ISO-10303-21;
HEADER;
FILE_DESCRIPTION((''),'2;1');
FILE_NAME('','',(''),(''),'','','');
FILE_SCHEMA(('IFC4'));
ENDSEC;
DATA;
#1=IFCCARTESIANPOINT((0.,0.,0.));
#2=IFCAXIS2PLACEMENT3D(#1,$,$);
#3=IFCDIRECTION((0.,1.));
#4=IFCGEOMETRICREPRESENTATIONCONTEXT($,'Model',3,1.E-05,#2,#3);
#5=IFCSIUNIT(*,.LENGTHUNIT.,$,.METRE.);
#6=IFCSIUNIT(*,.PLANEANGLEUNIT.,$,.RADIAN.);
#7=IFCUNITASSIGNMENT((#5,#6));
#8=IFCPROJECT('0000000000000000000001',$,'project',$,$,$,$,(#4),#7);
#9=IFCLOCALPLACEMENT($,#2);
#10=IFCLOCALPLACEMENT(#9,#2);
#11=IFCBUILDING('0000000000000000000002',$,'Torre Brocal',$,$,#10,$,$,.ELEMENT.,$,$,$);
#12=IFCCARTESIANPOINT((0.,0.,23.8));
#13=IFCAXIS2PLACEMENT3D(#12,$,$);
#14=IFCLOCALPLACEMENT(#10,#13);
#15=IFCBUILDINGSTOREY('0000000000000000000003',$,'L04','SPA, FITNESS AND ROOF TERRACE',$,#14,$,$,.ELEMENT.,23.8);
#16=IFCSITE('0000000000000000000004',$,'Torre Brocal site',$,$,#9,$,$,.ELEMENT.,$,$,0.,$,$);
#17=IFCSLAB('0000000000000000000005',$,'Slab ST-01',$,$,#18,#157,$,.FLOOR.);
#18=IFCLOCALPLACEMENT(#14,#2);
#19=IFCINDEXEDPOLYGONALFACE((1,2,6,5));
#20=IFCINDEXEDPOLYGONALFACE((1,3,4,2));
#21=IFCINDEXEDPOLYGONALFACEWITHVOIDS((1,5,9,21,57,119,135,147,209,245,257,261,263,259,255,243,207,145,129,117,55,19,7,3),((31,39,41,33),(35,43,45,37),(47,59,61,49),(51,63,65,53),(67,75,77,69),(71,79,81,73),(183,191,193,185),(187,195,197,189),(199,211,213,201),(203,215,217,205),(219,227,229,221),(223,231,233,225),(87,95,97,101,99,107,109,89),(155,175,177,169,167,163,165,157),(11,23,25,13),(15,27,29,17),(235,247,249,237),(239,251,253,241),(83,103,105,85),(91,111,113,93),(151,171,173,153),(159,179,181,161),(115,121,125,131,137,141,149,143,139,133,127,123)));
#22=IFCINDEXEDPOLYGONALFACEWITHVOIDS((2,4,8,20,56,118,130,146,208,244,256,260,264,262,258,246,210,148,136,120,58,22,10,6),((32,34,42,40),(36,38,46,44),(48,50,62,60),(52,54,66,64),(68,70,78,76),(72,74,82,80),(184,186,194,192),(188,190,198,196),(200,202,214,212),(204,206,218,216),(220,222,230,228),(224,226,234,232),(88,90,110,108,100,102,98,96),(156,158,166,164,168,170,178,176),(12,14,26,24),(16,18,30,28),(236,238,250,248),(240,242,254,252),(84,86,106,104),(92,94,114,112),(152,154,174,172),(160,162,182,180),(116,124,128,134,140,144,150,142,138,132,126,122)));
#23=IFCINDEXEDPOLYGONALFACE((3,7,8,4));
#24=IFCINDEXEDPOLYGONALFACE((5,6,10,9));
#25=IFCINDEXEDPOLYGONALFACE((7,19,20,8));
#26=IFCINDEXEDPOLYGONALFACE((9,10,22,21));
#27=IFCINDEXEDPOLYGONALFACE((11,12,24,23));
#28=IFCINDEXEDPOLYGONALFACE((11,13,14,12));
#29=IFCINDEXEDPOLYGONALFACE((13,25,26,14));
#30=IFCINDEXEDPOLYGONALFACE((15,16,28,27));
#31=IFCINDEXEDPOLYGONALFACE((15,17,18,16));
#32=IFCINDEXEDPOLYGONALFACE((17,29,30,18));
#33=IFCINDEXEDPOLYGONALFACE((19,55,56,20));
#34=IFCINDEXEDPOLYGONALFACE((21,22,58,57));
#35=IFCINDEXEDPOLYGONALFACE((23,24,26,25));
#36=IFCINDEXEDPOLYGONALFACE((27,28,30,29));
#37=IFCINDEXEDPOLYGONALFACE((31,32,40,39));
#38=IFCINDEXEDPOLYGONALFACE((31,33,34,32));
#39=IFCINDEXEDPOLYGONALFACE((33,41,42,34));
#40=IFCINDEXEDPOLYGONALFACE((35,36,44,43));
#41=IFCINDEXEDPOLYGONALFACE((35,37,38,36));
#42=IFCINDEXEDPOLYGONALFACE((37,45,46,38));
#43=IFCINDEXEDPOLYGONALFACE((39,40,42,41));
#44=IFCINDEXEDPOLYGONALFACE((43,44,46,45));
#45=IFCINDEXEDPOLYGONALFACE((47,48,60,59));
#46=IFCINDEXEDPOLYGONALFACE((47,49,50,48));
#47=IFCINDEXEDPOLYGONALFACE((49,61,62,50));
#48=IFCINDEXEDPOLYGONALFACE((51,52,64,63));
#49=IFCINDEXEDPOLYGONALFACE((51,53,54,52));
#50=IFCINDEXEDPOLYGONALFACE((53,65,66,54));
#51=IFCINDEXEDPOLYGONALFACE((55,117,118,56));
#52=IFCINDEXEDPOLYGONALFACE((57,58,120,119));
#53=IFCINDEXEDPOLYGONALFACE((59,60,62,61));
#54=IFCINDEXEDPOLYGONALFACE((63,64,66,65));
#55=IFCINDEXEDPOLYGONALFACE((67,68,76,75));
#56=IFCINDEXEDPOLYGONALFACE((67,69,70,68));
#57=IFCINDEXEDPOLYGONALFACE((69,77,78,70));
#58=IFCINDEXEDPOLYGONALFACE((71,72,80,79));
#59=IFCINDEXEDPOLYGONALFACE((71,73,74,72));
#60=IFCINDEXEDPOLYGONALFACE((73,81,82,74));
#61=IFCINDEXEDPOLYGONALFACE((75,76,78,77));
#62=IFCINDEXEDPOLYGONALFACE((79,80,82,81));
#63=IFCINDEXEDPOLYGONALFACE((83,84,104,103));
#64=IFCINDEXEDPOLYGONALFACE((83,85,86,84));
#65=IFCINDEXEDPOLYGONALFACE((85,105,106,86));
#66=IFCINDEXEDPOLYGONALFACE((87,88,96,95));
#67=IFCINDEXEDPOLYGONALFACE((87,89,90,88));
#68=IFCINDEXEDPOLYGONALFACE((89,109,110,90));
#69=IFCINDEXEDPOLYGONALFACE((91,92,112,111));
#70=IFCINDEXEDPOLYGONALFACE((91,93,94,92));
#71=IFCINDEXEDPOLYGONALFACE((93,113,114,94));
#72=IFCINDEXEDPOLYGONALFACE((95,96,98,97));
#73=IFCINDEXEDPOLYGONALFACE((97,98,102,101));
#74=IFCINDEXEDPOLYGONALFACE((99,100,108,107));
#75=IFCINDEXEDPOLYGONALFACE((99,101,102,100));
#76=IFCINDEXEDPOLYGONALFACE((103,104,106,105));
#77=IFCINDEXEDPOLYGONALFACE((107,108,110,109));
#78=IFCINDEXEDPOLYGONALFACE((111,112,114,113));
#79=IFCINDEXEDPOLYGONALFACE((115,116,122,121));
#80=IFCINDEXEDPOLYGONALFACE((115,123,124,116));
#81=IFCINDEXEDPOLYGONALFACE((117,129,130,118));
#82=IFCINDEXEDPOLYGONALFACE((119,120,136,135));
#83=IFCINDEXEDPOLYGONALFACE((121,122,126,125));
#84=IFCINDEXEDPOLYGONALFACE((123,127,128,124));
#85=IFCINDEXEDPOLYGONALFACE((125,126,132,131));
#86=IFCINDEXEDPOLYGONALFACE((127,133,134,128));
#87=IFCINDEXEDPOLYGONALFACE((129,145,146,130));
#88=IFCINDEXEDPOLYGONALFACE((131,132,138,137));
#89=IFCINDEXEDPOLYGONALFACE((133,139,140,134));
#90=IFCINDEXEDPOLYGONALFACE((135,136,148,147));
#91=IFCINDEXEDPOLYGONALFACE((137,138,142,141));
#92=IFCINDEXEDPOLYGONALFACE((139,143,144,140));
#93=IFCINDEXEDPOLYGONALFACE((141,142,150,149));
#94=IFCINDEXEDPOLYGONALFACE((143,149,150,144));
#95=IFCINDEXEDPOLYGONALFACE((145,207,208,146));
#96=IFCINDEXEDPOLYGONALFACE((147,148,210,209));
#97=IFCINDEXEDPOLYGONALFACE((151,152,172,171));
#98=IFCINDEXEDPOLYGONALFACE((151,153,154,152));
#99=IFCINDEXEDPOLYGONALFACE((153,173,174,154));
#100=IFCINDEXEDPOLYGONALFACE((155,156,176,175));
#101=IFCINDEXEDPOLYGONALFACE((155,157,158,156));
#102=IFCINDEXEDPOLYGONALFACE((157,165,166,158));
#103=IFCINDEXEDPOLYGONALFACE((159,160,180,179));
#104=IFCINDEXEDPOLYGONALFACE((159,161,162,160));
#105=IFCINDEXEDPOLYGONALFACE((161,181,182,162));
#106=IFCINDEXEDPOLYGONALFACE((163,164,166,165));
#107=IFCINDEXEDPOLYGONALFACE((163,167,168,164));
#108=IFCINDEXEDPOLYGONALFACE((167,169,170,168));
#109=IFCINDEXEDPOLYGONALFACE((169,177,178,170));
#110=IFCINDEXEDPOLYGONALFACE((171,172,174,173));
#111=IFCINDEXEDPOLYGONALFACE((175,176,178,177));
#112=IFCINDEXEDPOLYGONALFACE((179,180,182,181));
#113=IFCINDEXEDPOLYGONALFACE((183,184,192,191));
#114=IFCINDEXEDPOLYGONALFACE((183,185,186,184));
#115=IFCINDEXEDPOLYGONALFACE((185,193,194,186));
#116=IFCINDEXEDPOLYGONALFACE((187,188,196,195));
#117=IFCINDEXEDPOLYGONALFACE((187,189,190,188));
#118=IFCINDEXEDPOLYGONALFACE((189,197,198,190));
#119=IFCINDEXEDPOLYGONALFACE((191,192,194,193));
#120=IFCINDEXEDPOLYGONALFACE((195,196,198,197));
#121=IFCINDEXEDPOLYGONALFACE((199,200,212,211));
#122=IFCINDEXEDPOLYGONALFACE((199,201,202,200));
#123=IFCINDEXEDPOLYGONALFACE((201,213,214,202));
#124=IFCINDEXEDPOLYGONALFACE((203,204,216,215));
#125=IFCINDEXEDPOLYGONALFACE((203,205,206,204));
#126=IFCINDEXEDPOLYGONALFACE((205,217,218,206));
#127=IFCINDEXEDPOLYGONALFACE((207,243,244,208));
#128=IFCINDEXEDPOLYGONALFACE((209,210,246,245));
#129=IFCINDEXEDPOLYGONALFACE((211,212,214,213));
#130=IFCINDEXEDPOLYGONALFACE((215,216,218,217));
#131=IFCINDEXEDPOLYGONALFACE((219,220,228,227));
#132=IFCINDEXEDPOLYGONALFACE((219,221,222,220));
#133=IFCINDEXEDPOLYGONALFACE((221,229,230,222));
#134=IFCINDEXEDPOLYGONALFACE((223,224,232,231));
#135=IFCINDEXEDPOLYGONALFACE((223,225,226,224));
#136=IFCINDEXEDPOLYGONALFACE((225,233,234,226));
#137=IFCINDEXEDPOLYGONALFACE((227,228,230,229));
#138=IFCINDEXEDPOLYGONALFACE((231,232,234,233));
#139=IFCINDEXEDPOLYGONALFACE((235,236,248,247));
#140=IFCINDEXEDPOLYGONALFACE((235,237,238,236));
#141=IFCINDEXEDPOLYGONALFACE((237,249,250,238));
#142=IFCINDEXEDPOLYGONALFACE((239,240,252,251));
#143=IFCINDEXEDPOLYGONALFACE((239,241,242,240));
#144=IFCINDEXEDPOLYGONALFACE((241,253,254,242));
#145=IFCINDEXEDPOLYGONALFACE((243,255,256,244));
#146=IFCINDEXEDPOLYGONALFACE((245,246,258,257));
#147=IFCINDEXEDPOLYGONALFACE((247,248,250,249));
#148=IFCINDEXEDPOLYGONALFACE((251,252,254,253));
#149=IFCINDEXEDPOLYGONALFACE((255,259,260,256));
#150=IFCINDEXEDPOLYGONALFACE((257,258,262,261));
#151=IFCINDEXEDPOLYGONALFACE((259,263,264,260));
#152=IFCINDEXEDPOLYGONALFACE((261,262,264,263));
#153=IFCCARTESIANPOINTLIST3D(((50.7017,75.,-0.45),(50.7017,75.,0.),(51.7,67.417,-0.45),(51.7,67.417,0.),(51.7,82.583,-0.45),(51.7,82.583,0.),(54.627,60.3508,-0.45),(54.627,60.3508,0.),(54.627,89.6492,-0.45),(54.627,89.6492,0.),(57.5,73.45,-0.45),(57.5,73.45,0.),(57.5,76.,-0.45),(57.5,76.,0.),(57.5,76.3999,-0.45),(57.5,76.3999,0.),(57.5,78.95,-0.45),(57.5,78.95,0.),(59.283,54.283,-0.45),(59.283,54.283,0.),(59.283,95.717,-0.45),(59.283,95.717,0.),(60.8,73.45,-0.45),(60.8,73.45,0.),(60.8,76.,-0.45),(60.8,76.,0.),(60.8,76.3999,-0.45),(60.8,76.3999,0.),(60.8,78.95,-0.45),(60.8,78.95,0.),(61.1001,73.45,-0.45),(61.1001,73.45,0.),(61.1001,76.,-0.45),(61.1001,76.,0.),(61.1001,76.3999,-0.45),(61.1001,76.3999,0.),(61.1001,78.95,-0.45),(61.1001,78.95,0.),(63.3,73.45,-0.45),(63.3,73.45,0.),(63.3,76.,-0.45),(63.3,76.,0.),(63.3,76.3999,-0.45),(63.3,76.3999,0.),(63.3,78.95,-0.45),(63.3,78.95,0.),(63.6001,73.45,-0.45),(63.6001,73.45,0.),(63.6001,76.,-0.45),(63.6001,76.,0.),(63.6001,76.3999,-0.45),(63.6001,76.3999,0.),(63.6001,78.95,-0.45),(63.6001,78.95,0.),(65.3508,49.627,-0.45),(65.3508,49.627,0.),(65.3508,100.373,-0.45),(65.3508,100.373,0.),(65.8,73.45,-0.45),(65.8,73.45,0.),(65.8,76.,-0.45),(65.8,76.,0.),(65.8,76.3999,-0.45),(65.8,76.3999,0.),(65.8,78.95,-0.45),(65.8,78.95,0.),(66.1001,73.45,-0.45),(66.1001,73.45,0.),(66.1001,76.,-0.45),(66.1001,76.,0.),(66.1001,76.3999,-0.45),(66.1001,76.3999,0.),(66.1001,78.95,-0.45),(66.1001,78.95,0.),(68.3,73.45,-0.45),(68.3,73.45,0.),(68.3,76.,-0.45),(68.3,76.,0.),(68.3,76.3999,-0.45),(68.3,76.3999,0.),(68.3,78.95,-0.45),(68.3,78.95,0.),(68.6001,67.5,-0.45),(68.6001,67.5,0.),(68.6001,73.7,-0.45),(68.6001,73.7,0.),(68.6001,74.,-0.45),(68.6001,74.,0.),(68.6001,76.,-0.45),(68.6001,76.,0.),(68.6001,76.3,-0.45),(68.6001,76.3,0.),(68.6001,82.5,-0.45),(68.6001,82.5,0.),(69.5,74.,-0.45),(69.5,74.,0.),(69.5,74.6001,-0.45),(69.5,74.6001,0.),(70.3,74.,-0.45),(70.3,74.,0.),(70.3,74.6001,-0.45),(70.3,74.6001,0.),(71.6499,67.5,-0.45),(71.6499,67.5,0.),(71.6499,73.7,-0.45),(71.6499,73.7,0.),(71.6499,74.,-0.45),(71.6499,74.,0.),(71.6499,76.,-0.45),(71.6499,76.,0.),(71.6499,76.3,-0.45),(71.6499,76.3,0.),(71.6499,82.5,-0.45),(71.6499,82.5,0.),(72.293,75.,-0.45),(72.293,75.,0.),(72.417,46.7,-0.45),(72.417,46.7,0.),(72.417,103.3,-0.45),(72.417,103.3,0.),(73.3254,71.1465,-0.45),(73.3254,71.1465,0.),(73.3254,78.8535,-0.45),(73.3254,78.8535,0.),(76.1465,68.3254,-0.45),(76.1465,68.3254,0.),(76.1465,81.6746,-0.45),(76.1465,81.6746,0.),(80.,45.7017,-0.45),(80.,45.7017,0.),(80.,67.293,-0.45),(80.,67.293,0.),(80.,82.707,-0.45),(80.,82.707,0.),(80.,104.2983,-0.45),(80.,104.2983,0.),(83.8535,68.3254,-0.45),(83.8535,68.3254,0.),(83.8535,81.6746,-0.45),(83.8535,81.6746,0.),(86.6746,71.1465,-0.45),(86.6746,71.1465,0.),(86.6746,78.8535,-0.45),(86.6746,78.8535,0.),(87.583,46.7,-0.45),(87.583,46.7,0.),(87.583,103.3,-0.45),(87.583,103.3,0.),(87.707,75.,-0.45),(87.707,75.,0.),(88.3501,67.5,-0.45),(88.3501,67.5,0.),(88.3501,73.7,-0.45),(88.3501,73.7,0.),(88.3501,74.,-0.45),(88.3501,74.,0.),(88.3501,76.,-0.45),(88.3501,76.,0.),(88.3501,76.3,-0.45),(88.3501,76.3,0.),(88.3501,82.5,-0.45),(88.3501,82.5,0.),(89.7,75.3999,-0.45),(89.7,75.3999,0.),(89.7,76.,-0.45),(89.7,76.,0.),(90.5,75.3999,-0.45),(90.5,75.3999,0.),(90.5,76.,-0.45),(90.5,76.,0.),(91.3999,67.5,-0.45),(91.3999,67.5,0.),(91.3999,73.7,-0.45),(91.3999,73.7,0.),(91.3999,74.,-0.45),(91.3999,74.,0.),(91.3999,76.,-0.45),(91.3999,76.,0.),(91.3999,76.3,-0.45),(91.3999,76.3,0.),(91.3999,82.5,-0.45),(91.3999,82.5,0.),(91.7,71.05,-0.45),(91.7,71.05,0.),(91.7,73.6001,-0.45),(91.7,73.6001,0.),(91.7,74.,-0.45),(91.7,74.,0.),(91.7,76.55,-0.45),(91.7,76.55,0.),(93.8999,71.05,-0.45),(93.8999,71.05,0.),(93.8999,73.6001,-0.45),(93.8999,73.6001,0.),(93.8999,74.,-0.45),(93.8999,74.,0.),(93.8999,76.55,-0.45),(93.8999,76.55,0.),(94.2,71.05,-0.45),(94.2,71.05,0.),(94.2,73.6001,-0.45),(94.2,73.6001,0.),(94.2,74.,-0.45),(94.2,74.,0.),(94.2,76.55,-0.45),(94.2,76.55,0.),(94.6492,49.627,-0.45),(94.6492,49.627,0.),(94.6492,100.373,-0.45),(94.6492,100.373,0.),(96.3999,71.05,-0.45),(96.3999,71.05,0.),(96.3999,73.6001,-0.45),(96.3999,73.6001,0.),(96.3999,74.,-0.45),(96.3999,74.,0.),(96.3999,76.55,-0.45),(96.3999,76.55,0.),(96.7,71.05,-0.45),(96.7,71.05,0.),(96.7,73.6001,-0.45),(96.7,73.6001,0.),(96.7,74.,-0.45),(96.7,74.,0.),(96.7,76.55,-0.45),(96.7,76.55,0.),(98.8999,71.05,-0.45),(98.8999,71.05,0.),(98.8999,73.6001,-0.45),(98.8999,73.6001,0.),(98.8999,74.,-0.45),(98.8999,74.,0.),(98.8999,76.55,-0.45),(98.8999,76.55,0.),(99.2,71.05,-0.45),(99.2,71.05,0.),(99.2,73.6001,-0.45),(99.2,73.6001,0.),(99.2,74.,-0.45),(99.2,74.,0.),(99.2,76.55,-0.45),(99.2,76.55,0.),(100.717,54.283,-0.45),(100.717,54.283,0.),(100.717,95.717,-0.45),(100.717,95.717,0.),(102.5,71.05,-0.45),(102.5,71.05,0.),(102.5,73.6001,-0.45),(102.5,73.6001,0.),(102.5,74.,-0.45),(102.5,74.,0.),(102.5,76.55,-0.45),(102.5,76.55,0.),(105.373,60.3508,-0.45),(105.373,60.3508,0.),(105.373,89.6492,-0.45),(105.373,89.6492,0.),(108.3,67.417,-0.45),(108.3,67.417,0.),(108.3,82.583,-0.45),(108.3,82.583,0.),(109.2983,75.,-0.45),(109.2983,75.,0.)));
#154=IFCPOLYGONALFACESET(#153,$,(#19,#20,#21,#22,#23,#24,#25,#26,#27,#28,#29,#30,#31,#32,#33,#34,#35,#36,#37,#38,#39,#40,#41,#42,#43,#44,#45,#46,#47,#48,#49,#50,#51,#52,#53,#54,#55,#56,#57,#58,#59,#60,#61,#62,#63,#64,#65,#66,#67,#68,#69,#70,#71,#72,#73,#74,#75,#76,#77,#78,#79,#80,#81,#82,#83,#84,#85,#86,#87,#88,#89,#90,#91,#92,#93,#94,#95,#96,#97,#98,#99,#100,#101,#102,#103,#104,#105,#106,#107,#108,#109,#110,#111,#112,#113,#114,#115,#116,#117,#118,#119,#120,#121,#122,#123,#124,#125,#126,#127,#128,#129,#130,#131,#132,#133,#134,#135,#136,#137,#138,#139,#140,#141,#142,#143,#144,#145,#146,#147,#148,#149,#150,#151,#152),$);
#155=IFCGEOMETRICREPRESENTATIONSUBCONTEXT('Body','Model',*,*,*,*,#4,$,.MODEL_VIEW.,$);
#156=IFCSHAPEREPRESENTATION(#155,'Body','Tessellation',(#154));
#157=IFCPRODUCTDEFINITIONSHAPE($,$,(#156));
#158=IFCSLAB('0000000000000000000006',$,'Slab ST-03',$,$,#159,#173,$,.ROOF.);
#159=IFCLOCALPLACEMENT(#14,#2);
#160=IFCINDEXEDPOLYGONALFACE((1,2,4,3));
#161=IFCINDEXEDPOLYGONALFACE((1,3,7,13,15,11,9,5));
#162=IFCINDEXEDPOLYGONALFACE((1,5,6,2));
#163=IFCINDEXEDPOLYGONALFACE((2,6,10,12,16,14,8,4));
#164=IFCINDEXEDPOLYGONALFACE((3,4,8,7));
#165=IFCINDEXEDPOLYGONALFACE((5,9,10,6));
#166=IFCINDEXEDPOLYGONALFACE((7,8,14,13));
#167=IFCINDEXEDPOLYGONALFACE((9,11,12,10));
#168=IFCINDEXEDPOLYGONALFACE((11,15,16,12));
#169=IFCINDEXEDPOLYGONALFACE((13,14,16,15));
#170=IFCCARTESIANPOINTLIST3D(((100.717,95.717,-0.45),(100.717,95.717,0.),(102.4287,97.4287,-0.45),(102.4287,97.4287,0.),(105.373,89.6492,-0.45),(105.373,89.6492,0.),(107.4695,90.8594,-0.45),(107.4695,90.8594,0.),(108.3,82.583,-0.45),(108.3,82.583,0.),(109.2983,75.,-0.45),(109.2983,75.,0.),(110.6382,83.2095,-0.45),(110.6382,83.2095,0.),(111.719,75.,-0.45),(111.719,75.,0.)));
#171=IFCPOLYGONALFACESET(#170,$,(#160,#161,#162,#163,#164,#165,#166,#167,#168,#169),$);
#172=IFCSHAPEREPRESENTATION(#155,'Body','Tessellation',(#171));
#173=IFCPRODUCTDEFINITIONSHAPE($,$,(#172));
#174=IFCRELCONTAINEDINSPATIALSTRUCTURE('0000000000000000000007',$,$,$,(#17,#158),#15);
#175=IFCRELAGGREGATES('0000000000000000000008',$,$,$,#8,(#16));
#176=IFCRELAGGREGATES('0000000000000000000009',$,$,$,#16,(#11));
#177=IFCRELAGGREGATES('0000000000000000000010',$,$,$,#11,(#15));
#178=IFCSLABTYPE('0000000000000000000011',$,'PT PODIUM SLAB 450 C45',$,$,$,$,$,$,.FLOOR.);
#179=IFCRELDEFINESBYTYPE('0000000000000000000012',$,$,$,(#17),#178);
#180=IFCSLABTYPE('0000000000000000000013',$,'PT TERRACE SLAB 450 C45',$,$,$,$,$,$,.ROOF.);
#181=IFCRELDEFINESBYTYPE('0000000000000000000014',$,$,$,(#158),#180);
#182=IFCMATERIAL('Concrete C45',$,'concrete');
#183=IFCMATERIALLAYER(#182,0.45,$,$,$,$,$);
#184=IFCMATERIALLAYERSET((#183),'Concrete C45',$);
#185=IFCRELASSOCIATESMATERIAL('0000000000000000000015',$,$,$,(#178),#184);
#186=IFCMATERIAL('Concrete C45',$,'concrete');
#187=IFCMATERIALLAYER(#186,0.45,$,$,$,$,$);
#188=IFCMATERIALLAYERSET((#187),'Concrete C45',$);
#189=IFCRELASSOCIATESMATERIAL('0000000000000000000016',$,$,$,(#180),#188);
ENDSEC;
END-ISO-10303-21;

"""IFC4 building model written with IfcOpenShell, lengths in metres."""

from ifc_helpers import new_model, si_unit, direction, frame, origin, place, context, subcontext, project, spatial, polyline, outline, extrude, material, layer, layer_set, type_object, element, save


model = new_model("IFC4")

# Units and contexts
model_context = context("Model", 3, precision=1e-05, world=origin(), true_north=direction((0.0, 1.0)))
body_context = subcontext(model_context, "Body", "Model", "MODEL_VIEW")
ifc_project = project(units=[si_unit("LENGTHUNIT", "METRE"), si_unit("PLANEANGLEUNIT", "RADIAN")], contexts=[model_context])

# Site, building, storey
site_placement = place(None, origin())
site = spatial("IfcSite", under=ifc_project, at=site_placement, Name="Torre Brocal site", CompositionType="ELEMENT", RefElevation=0.0)
building_placement = place(site_placement, origin())
building = spatial("IfcBuilding", under=site, at=building_placement, Name="Torre Brocal", CompositionType="ELEMENT")
storey_placement = place(building_placement, frame((0.0, 0.0, 23.8)))
storey = spatial("IfcBuildingStorey", under=building, at=storey_placement, Name="L04", Description="SPA, FITNESS AND ROOF TERRACE", CompositionType="ELEMENT", Elevation=23.8)

# Slabs
ifc_material_1 = material(Name="Concrete C45", Category="concrete")
ifc_layer_1 = layer(ifc_material_1, 0.45)
ifc_layer_set_1 = layer_set([ifc_layer_1], Name="Concrete C45")
slab_type_1 = type_object("IfcSlabType", Name="PT PODIUM SLAB 450 C45", PredefinedType="FLOOR", material=ifc_layer_set_1)
slab_1_placement = place(storey_placement, frame((0.0, 0.0, -0.45)))
element("IfcSlab", 1, at=slab_1_placement, inside=storey, type_object=slab_type_1, Name="Slab ST-01", PredefinedType="FLOOR", context=body_context, shape_type="SweptSolid", body=[
    extrude(outline(polyline([(100.717, 54.283), (94.6492, 49.627), (87.583, 46.7), (80.0, 45.7017), (72.417, 46.7), (65.3508, 49.627), (59.283, 54.283), (54.627, 60.3508), (51.7, 67.417), (50.7017, 75.0), (51.7, 82.583), (54.627, 89.6492), (59.283, 95.717), (65.3508, 100.373), (72.417, 103.3), (80.0, 104.2983), (87.583, 103.3), (94.6492, 100.373), (100.717, 95.717), (105.373, 89.6492), (108.3, 82.583), (109.2983, 75.0), (108.3, 67.417), (105.373, 60.3508), (100.717, 54.283)]), holes=[polyline([(102.5, 74.0), (102.5, 76.55), (99.2, 76.55), (99.2, 74.0), (102.5, 74.0)]), polyline([(102.5, 71.05), (102.5, 73.6001), (99.2, 73.6001), (99.2, 71.05), (102.5, 71.05)]), polyline([(98.8999, 76.55), (96.7, 76.55), (96.7, 74.0), (98.8999, 74.0), (98.8999, 76.55)]), polyline([(98.8999, 71.05), (98.8999, 73.6001), (96.7, 73.6001), (96.7, 71.05), (98.8999, 71.05)]), polyline([(96.3999, 73.6001), (94.2, 73.6001), (94.2, 71.05), (96.3999, 71.05), (96.3999, 73.6001)]), polyline([(96.3999, 74.0), (96.3999, 76.55), (94.2, 76.55), (94.2, 74.0), (96.3999, 74.0)]), polyline([(93.8999, 73.6001), (91.7, 73.6001), (91.7, 71.05), (93.8999, 71.05), (93.8999, 73.6001)]), polyline([(93.8999, 74.0), (93.8999, 76.55), (91.7, 76.55), (91.7, 74.0), (93.8999, 74.0)]), polyline([(91.3999, 76.3), (91.3999, 82.5), (88.3501, 82.5), (88.3501, 76.3), (91.3999, 76.3)]), polyline([(91.3999, 73.7), (88.3501, 73.7), (88.3501, 67.5), (91.3999, 67.5), (91.3999, 73.7)]), polyline([(89.7, 76.0), (88.3501, 76.0), (88.3501, 74.0), (91.3999, 74.0), (91.3999, 76.0), (90.5, 76.0), (90.5, 75.3999), (89.7, 75.3999), (89.7, 76.0)]), polyline([(80.0, 82.707), (76.1465, 81.6746), (73.3254, 78.8535), (72.293, 75.0), (73.3254, 71.1465), (76.1465, 68.3254), (80.0, 67.293), (83.8535, 68.3254), (86.6746, 71.1465), (87.707, 75.0), (86.6746, 78.8535), (83.8535, 81.6746), (80.0, 82.707)]), polyline([(68.6001, 82.5), (68.6001, 76.3), (71.6499, 76.3), (71.6499, 82.5), (68.6001, 82.5)]), polyline([(70.3, 74.0), (71.6499, 74.0), (71.6499, 76.0), (68.6001, 76.0), (68.6001, 74.0), (69.5, 74.0), (69.5, 74.6001), (70.3, 74.6001), (70.3, 74.0)]), polyline([(68.6001, 67.5), (71.6499, 67.5), (71.6499, 73.7), (68.6001, 73.7), (68.6001, 67.5)]), polyline([(66.1001, 78.95), (66.1001, 76.3999), (68.3, 76.3999), (68.3, 78.95), (66.1001, 78.95)]), polyline([(66.1001, 76.0), (66.1001, 73.45), (68.3, 73.45), (68.3, 76.0), (66.1001, 76.0)]), polyline([(63.6001, 76.0), (63.6001, 73.45), (65.8, 73.45), (65.8, 76.0), (63.6001, 76.0)]), polyline([(63.6001, 76.3999), (65.8, 76.3999), (65.8, 78.95), (63.6001, 78.95), (63.6001, 76.3999)]), polyline([(61.1001, 78.95), (61.1001, 76.3999), (63.3, 76.3999), (63.3, 78.95), (61.1001, 78.95)]), polyline([(61.1001, 73.45), (63.3, 73.45), (63.3, 76.0), (61.1001, 76.0), (61.1001, 73.45)]), polyline([(57.5, 73.45), (60.8, 73.45), (60.8, 76.0), (57.5, 76.0), (57.5, 73.45)]), polyline([(57.5, 78.95), (57.5, 76.3999), (60.8, 76.3999), (60.8, 78.95), (57.5, 78.95)])]), origin(), (0.0, 0.0, 1.0), 0.45),
])
ifc_material_2 = material(Name="Concrete C45", Category="concrete")
ifc_layer_2 = layer(ifc_material_2, 0.45)
ifc_layer_set_2 = layer_set([ifc_layer_2], Name="Concrete C45")
slab_type_2 = type_object("IfcSlabType", Name="PT TERRACE SLAB 450 C45", PredefinedType="ROOF", material=ifc_layer_set_2)
slab_2_placement = place(storey_placement, frame((0.0, 0.0, -0.45)))
element("IfcSlab", 2, at=slab_2_placement, inside=storey, type_object=slab_type_2, Name="Slab ST-03", PredefinedType="ROOF", context=body_context, shape_type="SweptSolid", body=[
    extrude(outline(polyline([(108.3, 82.583), (105.373, 89.6492), (100.717, 95.717), (102.4287, 97.4287), (107.4695, 90.8594), (110.6382, 83.2095), (111.719, 75.0), (109.2983, 75.0), (108.3, 82.583)])), origin(), (0.0, 0.0, 1.0), 0.45),
])

save(model, "model.ifc")
